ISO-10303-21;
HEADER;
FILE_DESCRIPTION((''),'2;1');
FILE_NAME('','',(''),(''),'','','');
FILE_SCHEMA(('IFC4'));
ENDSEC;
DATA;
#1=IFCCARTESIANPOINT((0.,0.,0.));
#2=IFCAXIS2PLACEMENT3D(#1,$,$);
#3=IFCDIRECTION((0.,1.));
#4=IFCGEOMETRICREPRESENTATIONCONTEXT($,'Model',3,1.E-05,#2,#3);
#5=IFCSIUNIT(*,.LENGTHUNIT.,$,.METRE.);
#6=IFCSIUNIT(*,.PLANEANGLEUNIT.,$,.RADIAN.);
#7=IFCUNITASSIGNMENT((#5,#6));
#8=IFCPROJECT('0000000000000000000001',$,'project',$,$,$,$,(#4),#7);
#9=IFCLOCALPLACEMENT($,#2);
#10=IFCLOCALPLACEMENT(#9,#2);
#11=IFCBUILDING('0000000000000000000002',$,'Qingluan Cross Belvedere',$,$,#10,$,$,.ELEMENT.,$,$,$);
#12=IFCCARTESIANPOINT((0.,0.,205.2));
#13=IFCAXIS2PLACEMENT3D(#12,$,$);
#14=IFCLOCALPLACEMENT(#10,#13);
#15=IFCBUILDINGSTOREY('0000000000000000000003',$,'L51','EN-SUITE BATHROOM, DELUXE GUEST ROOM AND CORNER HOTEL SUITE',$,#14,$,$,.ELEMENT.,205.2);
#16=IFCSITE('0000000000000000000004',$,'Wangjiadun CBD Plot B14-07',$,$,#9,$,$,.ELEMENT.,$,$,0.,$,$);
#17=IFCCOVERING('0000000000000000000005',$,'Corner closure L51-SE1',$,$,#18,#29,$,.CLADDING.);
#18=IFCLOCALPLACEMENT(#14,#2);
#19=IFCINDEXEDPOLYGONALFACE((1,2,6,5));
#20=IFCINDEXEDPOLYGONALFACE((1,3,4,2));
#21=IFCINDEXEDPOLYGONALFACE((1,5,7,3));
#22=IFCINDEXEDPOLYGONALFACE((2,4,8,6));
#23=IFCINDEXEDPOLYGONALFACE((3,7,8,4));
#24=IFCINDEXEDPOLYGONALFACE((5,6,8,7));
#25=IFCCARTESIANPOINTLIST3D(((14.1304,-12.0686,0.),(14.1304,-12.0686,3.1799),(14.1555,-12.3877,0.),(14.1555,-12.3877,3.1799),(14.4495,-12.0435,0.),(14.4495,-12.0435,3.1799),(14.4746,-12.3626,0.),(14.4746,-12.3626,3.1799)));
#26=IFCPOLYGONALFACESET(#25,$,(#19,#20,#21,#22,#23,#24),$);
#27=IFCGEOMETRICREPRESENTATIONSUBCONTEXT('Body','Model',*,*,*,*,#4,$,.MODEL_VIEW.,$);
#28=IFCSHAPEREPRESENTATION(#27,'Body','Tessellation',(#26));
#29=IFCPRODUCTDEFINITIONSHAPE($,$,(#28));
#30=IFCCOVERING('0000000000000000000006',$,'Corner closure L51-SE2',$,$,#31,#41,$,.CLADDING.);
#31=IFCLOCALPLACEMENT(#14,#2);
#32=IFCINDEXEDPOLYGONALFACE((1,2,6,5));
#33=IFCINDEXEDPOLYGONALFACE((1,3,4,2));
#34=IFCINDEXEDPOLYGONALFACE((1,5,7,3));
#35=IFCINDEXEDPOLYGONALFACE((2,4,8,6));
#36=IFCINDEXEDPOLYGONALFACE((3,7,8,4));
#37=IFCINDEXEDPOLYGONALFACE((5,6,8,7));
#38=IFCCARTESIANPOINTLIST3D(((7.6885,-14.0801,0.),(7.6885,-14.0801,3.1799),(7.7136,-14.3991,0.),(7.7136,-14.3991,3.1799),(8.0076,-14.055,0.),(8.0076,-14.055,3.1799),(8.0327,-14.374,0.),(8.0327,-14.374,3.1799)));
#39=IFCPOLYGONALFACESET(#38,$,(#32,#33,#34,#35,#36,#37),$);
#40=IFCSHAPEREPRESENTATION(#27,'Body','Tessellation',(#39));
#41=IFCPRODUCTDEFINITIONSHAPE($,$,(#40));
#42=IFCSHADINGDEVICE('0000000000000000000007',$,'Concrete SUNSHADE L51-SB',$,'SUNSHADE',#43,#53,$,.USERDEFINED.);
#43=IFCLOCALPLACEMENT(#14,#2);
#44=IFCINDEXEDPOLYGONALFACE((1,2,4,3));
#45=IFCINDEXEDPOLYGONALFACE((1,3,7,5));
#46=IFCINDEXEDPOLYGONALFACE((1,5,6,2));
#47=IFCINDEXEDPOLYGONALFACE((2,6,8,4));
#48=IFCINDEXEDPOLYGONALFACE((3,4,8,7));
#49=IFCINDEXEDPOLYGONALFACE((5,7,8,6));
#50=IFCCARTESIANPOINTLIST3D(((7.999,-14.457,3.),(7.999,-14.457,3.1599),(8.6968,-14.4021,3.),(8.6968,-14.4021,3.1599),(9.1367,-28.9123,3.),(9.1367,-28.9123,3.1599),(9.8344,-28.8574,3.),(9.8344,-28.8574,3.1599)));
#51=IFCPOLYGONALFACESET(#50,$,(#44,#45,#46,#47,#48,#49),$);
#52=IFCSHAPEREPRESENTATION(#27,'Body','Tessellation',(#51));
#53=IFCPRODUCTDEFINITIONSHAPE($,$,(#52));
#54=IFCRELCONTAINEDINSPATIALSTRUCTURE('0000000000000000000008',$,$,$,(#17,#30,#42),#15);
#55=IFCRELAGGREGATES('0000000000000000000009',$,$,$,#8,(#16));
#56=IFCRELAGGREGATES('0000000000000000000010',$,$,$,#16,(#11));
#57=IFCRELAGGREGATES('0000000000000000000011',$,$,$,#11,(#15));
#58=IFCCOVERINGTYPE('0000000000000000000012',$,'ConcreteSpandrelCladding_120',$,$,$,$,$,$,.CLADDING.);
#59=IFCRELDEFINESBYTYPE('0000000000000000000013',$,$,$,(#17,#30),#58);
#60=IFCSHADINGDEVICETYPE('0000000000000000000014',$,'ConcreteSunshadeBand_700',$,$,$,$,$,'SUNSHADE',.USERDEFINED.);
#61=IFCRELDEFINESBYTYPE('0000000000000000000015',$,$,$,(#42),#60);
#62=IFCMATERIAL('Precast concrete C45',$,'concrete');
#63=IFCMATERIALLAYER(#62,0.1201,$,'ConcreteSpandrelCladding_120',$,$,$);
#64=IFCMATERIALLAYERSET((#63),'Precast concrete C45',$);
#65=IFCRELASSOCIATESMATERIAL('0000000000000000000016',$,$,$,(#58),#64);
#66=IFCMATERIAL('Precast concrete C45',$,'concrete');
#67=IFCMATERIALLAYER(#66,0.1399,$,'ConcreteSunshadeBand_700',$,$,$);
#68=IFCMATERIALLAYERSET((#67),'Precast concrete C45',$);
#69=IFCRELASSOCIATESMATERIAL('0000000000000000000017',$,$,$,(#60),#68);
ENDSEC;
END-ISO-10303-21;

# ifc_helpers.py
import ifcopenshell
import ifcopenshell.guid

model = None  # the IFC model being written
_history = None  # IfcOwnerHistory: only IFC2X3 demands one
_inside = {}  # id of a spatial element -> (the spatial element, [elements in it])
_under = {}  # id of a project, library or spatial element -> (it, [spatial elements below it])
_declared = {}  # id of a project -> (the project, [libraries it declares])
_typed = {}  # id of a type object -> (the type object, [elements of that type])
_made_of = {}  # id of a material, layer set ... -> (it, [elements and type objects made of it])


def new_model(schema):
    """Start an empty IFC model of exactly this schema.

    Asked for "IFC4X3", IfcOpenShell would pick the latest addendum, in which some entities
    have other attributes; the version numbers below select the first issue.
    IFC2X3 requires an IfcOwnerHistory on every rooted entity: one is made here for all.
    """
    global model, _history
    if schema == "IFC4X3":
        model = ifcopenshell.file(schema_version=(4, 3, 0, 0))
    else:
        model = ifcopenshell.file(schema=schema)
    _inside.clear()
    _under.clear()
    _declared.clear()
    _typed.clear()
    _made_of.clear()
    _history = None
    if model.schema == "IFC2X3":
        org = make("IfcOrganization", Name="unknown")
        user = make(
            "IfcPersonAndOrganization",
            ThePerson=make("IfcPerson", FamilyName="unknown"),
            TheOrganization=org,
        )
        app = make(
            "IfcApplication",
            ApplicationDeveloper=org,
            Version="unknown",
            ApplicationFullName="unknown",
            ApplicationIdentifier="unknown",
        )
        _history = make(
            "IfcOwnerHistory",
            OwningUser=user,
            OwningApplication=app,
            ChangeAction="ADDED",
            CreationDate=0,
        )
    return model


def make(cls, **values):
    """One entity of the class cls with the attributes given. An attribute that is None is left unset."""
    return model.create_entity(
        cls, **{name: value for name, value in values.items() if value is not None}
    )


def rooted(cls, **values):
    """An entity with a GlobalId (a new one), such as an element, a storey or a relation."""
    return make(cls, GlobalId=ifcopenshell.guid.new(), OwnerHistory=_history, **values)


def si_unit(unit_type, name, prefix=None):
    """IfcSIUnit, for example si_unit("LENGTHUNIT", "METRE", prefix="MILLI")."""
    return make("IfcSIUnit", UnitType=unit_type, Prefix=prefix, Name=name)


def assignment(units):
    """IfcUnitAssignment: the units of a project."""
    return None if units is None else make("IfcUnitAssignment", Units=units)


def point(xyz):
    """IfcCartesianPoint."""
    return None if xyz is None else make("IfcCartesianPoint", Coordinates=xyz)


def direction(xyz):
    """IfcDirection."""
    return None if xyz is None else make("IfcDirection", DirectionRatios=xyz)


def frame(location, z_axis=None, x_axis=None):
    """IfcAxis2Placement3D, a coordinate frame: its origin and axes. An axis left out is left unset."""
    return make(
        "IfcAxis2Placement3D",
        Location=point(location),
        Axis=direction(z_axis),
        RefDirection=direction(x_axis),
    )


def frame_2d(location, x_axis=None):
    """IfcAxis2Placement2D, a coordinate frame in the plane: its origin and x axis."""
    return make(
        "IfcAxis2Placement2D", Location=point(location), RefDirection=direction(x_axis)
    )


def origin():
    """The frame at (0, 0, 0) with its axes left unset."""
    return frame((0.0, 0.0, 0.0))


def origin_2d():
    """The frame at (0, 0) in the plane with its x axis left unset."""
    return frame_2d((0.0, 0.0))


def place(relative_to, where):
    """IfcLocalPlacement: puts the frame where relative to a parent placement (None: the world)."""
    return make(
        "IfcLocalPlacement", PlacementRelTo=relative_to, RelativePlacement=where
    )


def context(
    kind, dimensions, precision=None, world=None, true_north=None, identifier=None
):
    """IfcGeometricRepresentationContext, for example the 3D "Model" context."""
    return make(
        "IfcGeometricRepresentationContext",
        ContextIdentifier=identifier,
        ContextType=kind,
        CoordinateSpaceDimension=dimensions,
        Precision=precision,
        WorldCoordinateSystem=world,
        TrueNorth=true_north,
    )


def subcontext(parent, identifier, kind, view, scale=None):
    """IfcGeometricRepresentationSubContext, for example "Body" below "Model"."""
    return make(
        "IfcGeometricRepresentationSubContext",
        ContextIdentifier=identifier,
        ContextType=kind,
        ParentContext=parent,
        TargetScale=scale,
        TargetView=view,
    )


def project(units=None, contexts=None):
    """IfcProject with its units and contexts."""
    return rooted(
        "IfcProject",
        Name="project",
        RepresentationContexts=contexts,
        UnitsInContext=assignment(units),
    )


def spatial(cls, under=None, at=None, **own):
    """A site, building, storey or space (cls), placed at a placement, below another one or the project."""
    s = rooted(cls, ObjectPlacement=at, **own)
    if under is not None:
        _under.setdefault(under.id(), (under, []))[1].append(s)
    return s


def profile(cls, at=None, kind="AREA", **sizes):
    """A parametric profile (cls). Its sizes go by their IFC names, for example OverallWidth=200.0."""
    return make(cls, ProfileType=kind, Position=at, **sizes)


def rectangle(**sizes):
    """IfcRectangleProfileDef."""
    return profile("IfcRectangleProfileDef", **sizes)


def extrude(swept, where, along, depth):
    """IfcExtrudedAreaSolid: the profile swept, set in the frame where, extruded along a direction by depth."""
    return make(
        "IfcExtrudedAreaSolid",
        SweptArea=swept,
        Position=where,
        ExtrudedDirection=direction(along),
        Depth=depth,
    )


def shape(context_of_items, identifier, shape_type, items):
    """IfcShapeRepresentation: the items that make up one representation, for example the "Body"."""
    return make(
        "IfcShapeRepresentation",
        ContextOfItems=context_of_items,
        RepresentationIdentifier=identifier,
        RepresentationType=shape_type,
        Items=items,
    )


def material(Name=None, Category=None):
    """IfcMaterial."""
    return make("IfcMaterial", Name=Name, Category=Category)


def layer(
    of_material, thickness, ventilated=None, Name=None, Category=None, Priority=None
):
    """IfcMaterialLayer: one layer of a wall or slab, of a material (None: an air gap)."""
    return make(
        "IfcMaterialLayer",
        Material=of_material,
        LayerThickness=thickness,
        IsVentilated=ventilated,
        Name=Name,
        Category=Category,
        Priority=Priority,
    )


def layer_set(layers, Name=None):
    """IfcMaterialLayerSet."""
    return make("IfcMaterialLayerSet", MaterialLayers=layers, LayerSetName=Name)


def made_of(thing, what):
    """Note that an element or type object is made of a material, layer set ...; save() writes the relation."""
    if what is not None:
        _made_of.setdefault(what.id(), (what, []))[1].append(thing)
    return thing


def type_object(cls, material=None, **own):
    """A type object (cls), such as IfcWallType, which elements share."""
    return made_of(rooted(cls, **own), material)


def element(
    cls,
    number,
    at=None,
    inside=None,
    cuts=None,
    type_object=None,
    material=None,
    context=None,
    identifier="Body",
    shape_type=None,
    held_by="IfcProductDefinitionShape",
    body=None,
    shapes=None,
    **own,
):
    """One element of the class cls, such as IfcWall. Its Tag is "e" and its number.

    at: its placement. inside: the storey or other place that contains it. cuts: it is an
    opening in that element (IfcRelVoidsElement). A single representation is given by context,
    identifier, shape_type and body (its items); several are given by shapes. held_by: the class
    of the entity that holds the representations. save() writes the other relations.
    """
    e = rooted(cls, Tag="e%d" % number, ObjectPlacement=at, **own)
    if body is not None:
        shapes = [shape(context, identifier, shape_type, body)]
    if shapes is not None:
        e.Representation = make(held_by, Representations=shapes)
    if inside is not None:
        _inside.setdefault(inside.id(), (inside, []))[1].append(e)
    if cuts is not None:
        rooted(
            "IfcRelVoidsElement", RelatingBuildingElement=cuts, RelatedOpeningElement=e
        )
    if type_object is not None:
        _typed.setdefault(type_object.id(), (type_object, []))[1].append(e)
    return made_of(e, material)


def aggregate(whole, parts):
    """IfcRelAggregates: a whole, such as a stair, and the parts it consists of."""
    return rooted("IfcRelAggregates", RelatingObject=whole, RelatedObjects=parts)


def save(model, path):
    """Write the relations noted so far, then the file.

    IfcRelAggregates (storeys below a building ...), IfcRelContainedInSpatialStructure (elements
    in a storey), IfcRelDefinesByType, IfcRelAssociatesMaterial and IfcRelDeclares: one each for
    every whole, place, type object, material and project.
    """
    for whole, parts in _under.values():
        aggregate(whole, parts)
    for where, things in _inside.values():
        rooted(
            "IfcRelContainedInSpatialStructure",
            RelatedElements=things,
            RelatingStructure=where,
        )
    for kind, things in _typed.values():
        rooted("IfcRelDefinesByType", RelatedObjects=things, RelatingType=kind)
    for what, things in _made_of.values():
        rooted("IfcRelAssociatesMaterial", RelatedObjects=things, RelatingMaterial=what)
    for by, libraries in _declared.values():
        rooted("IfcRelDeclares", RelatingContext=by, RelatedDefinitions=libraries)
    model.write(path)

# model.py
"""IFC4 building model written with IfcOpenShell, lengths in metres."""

from ifc_helpers import new_model, si_unit, direction, frame, origin, origin_2d, place, context, subcontext, project, spatial, rectangle, extrude, material, layer, layer_set, type_object, element, save


model = new_model("IFC4")

# Units and contexts
model_context = context("Model", 3, precision=1e-05, world=origin(), true_north=direction((0.0, 1.0)))
body_context = subcontext(model_context, "Body", "Model", "MODEL_VIEW")
ifc_project = project(units=[si_unit("LENGTHUNIT", "METRE"), si_unit("PLANEANGLEUNIT", "RADIAN")], contexts=[model_context])

# Site, building, storey
site_placement = place(None, origin())
site = spatial("IfcSite", under=ifc_project, at=site_placement, Name="Wangjiadun CBD Plot B14-07", CompositionType="ELEMENT", RefElevation=0.0)
building_placement = place(site_placement, origin())
building = spatial("IfcBuilding", under=site, at=building_placement, Name="Qingluan Cross Belvedere", CompositionType="ELEMENT")
storey_placement = place(building_placement, frame((0.0, 0.0, 205.2)))
storey = spatial("IfcBuildingStorey", under=building, at=storey_placement, Name="L51", Description="EN-SUITE BATHROOM, DELUXE GUEST ROOM AND CORNER HOTEL SUITE", CompositionType="ELEMENT", Elevation=205.2)

# Coverings
ifc_material_1 = material(Name="Precast concrete C45", Category="concrete")
ifc_layer_1 = layer(ifc_material_1, 0.1201, Name="ConcreteSpandrelCladding_120")
ifc_layer_set_1 = layer_set([ifc_layer_1], Name="Precast concrete C45")
covering_type = type_object("IfcCoveringType", Name="ConcreteSpandrelCladding_120", PredefinedType="CLADDING", material=ifc_layer_set_1)
for number, where, z_axis, x_axis, name in (
    (1, (14.3025, -12.2156, 0.0), (0.0, 0.0, 1.0), (0.996917, 0.078459, 0.0), "Corner closure L51-SE1"),
    (2, (7.8606, -14.2271, 0.0), (0.0, 0.0, 1.0), (0.996917, 0.078459, 0.0), "Corner closure L51-SE2"),
):
    element("IfcCovering", number, at=place(storey_placement, frame(where, z_axis=z_axis, x_axis=x_axis)), inside=storey, type_object=covering_type, Name=name, PredefinedType="CLADDING", context=body_context, shape_type="SweptSolid", body=[
        extrude(rectangle(XDim=0.3201, YDim=0.3201, at=origin_2d()), origin(), (0.0, 0.0, 1.0), 3.1799),
    ])

# Shading device
ifc_material_2 = material(Name="Precast concrete C45", Category="concrete")
ifc_layer_2 = layer(ifc_material_2, 0.1399, Name="ConcreteSunshadeBand_700")
ifc_layer_set_2 = layer_set([ifc_layer_2], Name="Precast concrete C45")
shading_device_type = type_object("IfcShadingDeviceType", Name="ConcreteSunshadeBand_700", ElementType="SUNSHADE", PredefinedType="USERDEFINED", material=ifc_layer_set_2)
shading_device_placement = place(storey_placement, frame((8.9167, -21.6572, 3.0), z_axis=(0.0, 0.0, 1.0), x_axis=(-0.078456, 0.996918, 0.0)))
element("IfcShadingDevice", 3, at=shading_device_placement, inside=storey, type_object=shading_device_type, Name="Concrete SUNSHADE L51-SB", ObjectType="SUNSHADE", PredefinedType="USERDEFINED", context=body_context, shape_type="SweptSolid", body=[
    extrude(rectangle(XDim=14.5, YDim=0.7, at=origin_2d()), origin(), (0.0, 0.0, 1.0), 0.1599),
])

save(model, "model.ifc")
